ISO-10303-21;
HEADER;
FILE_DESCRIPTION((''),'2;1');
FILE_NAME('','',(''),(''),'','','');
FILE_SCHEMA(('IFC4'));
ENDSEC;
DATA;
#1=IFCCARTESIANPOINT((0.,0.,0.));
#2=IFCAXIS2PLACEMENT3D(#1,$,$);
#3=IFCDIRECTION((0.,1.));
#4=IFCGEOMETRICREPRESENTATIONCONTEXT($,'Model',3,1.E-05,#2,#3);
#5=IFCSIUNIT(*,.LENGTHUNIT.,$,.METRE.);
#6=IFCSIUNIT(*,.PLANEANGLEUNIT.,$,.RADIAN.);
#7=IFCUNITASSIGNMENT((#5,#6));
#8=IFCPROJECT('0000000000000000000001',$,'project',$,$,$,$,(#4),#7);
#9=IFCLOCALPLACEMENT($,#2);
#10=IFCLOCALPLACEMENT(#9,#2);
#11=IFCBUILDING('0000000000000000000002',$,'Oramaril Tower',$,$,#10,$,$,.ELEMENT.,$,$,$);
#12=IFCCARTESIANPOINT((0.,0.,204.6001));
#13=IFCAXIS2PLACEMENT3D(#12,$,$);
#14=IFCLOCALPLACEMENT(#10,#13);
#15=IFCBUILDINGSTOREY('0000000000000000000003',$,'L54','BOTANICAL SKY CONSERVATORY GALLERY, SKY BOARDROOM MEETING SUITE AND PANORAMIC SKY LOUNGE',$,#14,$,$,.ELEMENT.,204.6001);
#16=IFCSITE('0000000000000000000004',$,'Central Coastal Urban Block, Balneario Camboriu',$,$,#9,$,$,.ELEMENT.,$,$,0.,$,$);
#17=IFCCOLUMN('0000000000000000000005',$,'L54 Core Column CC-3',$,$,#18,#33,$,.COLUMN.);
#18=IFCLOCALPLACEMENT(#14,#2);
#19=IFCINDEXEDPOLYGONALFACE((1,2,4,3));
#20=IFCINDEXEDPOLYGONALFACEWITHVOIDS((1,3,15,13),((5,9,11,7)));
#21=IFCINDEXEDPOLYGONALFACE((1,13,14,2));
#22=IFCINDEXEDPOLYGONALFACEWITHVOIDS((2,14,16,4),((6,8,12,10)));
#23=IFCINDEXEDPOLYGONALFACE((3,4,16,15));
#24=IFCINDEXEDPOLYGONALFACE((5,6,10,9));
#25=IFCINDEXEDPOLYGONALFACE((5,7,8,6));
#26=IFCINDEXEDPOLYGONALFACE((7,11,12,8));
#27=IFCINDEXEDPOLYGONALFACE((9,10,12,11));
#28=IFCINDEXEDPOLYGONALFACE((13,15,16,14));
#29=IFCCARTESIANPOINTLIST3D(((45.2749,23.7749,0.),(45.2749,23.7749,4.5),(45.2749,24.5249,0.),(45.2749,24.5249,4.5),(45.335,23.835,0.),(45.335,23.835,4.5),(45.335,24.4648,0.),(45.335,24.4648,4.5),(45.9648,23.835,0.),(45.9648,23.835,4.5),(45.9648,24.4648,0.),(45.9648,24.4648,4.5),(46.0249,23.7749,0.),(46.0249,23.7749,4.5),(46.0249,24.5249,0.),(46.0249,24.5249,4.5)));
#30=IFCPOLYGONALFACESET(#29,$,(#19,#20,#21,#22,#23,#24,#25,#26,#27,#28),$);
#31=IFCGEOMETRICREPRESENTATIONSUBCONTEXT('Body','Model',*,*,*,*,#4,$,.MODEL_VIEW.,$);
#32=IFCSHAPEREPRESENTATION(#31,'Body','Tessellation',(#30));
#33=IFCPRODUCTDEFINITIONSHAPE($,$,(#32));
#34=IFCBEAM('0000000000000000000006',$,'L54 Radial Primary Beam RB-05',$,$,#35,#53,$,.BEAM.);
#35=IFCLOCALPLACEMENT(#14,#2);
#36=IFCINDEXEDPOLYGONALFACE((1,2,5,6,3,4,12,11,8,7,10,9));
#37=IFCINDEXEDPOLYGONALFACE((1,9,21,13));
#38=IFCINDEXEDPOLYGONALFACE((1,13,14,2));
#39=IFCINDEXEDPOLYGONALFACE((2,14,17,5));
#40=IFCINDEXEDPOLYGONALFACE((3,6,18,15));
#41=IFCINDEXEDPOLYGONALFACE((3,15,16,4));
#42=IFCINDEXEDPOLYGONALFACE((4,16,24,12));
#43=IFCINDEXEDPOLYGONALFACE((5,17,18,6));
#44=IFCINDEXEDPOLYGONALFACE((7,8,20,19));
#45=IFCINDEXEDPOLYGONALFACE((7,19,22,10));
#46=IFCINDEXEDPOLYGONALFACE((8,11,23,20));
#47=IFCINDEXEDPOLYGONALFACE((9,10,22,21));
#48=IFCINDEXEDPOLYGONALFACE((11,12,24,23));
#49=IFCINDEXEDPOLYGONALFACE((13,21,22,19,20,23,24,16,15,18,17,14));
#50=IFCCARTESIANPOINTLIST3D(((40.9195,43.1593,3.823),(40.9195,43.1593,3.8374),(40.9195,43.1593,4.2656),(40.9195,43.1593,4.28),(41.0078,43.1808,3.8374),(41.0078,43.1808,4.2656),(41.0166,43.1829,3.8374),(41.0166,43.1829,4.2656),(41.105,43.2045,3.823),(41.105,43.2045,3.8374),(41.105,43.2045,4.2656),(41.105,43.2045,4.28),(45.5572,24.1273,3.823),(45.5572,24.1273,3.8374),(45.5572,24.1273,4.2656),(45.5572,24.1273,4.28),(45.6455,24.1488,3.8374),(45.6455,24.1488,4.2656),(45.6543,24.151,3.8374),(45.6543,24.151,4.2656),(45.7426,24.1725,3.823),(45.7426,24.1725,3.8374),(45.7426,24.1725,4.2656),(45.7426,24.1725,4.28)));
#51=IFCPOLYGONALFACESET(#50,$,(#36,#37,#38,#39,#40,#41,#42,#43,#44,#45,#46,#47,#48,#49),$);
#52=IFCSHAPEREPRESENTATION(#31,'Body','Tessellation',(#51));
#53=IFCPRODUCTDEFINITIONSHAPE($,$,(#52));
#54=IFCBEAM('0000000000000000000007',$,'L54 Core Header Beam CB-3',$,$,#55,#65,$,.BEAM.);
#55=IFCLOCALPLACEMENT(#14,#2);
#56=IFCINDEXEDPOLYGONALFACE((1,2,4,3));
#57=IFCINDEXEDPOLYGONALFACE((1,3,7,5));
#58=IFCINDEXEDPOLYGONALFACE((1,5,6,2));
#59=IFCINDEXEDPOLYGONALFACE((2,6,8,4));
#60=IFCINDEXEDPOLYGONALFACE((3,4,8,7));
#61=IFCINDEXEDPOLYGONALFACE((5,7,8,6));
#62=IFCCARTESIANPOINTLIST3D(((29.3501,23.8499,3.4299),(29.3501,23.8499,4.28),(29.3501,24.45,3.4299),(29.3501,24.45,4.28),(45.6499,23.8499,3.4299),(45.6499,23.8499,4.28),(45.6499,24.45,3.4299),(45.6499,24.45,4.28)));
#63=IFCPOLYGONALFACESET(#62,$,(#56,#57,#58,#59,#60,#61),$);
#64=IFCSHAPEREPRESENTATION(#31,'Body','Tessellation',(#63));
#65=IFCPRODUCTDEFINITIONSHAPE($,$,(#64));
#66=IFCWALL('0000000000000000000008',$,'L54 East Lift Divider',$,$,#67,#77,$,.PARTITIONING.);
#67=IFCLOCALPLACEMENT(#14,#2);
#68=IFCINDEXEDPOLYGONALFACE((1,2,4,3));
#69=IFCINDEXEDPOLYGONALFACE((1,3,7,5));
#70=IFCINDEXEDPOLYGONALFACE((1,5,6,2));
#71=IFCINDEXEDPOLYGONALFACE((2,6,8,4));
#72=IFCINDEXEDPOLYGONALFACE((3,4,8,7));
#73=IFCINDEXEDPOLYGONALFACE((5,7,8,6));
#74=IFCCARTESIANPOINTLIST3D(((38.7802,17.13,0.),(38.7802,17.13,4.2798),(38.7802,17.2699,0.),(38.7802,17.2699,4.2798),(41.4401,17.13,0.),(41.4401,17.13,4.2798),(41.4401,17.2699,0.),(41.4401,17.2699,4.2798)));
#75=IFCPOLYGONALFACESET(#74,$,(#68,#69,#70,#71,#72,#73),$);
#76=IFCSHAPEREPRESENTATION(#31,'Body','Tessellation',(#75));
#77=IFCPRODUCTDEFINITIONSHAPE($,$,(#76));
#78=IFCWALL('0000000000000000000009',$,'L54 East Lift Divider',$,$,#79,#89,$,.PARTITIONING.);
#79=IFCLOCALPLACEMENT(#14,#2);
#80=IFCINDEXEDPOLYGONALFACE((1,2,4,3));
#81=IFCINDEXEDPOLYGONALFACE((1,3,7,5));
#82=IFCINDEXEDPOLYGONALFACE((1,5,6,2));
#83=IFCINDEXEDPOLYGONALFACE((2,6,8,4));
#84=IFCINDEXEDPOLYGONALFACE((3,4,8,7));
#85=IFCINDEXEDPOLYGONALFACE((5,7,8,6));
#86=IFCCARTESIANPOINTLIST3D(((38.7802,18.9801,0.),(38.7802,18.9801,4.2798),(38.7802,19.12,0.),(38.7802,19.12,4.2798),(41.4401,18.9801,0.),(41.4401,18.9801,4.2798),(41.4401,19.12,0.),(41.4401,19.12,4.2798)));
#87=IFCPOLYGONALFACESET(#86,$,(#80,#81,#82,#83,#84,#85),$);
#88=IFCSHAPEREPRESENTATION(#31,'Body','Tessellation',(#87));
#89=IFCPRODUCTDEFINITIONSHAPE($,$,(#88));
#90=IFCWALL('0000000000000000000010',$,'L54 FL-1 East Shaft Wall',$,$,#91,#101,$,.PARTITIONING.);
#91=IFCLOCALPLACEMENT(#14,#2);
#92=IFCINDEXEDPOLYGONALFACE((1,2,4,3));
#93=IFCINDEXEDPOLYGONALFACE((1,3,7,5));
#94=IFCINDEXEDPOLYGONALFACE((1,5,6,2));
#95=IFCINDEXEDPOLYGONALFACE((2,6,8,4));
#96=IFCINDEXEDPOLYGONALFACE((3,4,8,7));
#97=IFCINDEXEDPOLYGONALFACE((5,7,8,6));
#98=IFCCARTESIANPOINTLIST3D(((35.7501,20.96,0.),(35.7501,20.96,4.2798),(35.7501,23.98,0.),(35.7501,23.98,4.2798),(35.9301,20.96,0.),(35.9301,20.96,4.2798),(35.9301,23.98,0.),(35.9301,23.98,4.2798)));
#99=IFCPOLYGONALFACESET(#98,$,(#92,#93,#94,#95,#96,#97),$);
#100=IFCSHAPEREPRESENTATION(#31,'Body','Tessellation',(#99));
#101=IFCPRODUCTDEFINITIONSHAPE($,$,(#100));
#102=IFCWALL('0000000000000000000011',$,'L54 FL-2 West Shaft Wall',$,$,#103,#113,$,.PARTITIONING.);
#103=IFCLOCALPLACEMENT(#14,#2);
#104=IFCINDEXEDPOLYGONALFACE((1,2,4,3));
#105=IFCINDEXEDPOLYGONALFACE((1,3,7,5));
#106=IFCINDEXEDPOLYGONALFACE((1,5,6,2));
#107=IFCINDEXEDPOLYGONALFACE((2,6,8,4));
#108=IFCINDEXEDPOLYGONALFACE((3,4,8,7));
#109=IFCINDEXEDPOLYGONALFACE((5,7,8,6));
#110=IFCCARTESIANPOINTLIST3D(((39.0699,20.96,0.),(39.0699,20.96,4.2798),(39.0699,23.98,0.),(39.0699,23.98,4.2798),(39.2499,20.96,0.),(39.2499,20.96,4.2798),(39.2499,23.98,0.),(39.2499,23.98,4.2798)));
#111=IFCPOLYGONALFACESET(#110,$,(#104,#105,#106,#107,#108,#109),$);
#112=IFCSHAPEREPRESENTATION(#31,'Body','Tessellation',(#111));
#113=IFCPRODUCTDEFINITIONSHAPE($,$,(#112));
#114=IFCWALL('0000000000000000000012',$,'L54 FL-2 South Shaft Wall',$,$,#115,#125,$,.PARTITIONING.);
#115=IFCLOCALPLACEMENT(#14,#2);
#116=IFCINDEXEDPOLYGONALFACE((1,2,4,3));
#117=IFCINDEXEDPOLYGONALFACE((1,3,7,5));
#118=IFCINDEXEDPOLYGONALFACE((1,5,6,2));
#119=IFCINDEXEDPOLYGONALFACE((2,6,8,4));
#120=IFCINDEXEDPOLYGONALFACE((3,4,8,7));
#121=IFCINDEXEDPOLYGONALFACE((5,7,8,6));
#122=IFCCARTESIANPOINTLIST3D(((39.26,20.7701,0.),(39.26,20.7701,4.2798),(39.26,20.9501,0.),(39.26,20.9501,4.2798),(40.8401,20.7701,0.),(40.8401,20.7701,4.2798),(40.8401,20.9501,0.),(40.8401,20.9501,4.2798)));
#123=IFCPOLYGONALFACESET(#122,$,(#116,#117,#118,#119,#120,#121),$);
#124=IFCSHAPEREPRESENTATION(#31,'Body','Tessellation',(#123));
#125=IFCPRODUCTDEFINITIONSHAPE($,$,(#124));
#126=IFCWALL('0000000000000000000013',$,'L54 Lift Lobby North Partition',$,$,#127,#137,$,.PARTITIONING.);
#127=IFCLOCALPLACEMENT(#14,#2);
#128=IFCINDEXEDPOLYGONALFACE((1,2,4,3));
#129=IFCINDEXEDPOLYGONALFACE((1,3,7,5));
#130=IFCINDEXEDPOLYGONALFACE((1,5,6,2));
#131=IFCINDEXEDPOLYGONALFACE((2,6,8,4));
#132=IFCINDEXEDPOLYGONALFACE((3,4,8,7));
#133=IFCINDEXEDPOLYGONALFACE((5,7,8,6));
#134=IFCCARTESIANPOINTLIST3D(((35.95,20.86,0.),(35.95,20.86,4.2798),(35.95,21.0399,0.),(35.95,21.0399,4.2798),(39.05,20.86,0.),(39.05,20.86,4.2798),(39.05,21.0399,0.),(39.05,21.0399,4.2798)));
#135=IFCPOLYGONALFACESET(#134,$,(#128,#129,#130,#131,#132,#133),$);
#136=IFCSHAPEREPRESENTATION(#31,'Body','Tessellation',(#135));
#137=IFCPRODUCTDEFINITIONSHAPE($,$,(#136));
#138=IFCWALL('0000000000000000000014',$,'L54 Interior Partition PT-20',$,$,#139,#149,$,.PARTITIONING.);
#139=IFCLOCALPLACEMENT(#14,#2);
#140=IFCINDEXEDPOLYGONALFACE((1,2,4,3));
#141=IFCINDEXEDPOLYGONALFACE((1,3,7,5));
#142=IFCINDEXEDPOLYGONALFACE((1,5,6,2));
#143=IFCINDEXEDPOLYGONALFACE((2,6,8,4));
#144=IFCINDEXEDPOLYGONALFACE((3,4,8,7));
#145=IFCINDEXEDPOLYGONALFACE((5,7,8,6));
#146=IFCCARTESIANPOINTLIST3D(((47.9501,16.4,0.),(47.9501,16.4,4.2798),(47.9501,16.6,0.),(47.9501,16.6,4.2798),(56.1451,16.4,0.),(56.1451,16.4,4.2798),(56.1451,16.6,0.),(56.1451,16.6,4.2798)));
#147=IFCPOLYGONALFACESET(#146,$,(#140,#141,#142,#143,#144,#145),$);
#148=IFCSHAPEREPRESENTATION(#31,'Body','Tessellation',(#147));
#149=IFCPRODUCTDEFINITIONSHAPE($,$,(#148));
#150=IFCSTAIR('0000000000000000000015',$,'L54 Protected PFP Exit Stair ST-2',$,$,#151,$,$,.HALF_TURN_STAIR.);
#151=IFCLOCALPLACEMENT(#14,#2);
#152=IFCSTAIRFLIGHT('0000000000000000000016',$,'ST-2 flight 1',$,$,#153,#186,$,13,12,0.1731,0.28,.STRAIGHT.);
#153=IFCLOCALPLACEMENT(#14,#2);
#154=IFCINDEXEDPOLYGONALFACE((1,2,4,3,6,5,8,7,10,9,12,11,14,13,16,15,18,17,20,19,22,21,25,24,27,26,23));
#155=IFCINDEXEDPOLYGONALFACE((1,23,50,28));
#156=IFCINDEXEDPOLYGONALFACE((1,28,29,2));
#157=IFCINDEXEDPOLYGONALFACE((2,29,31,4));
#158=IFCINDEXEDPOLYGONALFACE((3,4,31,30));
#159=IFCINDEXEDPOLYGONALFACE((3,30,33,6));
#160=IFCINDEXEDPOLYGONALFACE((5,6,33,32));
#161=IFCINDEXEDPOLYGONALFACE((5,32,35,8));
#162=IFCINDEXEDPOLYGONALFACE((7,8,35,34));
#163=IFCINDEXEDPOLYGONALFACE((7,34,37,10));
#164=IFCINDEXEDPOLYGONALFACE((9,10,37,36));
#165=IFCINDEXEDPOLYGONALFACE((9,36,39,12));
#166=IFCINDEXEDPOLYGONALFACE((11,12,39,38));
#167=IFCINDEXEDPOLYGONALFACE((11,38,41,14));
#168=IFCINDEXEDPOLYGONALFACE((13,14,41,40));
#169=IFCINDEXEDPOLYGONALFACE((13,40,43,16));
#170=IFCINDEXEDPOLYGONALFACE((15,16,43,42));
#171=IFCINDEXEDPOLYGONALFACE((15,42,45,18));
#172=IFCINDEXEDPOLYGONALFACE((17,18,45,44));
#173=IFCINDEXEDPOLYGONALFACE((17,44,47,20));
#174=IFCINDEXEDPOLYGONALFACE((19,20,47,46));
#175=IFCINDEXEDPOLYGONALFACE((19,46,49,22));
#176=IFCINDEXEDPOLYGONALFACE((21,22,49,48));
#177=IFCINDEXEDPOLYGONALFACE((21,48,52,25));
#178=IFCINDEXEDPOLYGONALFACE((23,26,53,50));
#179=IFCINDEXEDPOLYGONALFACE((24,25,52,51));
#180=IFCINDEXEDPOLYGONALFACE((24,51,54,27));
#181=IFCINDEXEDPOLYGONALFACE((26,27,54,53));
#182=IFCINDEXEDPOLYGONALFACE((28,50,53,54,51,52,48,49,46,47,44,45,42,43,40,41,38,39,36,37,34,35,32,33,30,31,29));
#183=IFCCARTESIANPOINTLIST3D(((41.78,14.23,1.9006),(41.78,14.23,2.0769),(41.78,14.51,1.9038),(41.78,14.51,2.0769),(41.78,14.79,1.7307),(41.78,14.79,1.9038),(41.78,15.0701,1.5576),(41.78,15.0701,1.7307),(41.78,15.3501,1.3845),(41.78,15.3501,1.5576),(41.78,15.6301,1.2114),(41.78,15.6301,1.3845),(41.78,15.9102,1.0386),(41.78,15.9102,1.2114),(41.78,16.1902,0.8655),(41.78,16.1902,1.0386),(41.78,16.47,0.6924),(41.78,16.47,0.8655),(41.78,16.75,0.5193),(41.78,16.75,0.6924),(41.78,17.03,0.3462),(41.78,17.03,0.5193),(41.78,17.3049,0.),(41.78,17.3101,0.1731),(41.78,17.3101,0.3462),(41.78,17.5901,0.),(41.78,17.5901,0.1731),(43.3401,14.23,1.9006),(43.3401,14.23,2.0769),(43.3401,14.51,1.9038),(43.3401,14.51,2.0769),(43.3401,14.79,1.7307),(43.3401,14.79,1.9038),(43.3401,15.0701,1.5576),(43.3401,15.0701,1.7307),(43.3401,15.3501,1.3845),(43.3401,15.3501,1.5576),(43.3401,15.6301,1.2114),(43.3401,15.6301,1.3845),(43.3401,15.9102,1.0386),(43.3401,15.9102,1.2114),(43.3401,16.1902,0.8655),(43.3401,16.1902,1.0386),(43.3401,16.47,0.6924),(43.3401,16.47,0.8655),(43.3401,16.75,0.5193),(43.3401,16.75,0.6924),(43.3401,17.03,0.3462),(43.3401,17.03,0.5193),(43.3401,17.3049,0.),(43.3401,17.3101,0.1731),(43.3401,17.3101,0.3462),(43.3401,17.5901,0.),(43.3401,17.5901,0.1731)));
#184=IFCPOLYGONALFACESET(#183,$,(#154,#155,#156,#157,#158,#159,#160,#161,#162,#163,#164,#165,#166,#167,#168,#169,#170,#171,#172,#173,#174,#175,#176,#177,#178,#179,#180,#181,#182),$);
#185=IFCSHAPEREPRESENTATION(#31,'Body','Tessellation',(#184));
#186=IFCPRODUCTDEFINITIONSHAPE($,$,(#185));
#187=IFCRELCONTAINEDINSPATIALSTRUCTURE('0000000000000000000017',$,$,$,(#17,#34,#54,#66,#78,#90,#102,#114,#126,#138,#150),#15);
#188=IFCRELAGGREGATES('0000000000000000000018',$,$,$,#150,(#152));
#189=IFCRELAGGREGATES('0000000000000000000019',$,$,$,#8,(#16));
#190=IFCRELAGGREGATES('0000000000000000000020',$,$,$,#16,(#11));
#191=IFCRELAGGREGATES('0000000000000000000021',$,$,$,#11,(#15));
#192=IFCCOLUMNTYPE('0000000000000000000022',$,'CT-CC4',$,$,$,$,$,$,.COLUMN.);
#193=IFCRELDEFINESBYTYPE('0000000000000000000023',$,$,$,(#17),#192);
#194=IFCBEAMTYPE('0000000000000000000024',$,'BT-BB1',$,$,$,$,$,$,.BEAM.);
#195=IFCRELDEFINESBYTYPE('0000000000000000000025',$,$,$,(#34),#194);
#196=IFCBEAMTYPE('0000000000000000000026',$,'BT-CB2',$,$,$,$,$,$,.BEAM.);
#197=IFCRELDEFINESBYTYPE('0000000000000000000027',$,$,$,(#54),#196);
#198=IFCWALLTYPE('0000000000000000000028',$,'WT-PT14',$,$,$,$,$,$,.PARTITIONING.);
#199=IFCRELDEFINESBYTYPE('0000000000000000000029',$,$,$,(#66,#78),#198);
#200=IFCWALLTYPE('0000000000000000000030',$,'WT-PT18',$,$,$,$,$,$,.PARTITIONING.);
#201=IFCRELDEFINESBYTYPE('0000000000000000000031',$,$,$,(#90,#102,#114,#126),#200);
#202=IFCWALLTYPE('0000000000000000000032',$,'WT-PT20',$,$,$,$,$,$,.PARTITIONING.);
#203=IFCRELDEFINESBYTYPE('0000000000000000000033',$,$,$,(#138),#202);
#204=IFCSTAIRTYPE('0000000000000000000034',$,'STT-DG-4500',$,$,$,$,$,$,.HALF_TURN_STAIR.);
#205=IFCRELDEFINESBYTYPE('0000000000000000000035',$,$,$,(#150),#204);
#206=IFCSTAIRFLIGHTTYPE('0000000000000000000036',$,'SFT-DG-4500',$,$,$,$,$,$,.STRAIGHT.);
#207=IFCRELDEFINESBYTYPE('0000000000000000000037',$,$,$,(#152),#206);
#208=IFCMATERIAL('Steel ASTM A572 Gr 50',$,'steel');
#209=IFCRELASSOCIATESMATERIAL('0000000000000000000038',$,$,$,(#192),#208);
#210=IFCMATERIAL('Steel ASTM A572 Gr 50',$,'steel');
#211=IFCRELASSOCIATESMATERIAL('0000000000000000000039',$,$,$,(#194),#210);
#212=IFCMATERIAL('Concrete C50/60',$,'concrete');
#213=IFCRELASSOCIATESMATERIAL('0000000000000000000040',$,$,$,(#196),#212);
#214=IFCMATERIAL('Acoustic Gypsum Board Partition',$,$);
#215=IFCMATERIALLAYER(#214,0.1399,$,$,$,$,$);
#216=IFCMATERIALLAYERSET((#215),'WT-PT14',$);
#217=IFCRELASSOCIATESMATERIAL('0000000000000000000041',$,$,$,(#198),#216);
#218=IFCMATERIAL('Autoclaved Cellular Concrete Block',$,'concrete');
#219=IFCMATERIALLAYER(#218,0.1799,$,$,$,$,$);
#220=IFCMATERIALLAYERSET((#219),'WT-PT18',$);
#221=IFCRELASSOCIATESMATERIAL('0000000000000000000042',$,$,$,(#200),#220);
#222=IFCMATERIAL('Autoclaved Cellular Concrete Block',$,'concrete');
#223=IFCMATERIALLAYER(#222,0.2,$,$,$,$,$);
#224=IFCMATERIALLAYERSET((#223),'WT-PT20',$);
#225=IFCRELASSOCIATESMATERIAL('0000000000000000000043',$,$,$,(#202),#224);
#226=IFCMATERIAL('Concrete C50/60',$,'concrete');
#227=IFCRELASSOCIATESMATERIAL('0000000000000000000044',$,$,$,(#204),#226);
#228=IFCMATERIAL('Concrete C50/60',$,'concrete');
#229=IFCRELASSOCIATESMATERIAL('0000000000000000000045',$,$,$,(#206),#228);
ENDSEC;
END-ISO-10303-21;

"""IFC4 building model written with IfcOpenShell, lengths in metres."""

from ifc_helpers import new_model, si_unit, direction, frame, frame_2d, origin, origin_2d, place, context, subcontext, project, spatial, polyline, rectangle, hollow_rectangle, i_section, outline, extrude, material, layer, layer_set, material_profile, profile_set, type_object, element, aggregate, save


model = new_model("IFC4")

# Units and contexts
model_context = context("Model", 3, precision=1e-05, world=origin(), true_north=direction((0.0, 1.0)))
body_context = subcontext(model_context, "Body", "Model", "MODEL_VIEW")
ifc_project = project(units=[si_unit("LENGTHUNIT", "METRE"), si_unit("PLANEANGLEUNIT", "RADIAN")], contexts=[model_context])

# Site, building, storey
site_placement = place(None, origin())
site = spatial("IfcSite", under=ifc_project, at=site_placement, Name="Central Coastal Urban Block, Balneario Camboriu", CompositionType="ELEMENT", RefElevation=0.0)
building_placement = place(site_placement, origin())
building = spatial("IfcBuilding", under=site, at=building_placement, Name="Oramaril Tower", CompositionType="ELEMENT")
storey_placement = place(building_placement, frame((0.0, 0.0, 204.6001)))
storey = spatial("IfcBuildingStorey", under=building, at=storey_placement, Name="L54", Description="BOTANICAL SKY CONSERVATORY GALLERY, SKY BOARDROOM MEETING SUITE AND PANORAMIC SKY LOUNGE", CompositionType="ELEMENT", Elevation=204.6001)

# Column
ifc_material_1 = material(Name="Steel ASTM A572 Gr 50", Category="steel")
ifc_material_profile_1 = material_profile(ifc_material_1, hollow_rectangle(XDim=0.75, YDim=0.75, WallThickness=0.0601, at=origin_2d()), Name="BOX750X750X60")
ifc_profile_set_1 = profile_set([ifc_material_profile_1], Name="Steel ASTM A572 Gr 50")
column_type = type_object("IfcColumnType", Name="CT-CC4", PredefinedType="COLUMN", material=ifc_profile_set_1)
column_placement = place(storey_placement, frame((45.6499, 24.1499, 0.0), z_axis=(0.0, 0.0, 1.0), x_axis=(1.0, 0.0, 0.0)))
element("IfcColumn", 1, at=column_placement, inside=storey, type_object=column_type, Name="L54 Core Column CC-3", PredefinedType="COLUMN", context=body_context, shape_type="SweptSolid", body=[
    extrude(hollow_rectangle(XDim=0.75, YDim=0.75, WallThickness=0.0601, at=origin_2d()), origin(), (0.0, 0.0, 1.0), 4.5),
])

# Beams
ifc_material_2 = material(Name="Steel ASTM A572 Gr 50", Category="steel")
ifc_material_profile_2 = material_profile(ifc_material_2, i_section(OverallWidth=0.1909, OverallDepth=0.457, WebThickness=0.009, FlangeThickness=0.0144, at=origin_2d()), Name="W18X50")
ifc_profile_set_2 = profile_set([ifc_material_profile_2], Name="Steel ASTM A572 Gr 50")
beam_type_1 = type_object("IfcBeamType", Name="BT-BB1", PredefinedType="BEAM", material=ifc_profile_set_2)
beam_1_placement = place(storey_placement, frame((45.6499, 24.1499, 4.0515), z_axis=(-0.236751, 0.97157, 0.0), x_axis=(-0.97157, -0.236751, 0.0)))
element("IfcBeam", 2, at=beam_1_placement, inside=storey, type_object=beam_type_1, Name="L54 Radial Primary Beam RB-05", PredefinedType="BEAM", context=body_context, shape_type="SweptSolid", body=[
    extrude(i_section(OverallWidth=0.1909, OverallDepth=0.457, WebThickness=0.009, FlangeThickness=0.0144, at=origin_2d()), origin(), (0.0, 0.0, 1.0), 19.5889),
])
ifc_material_3 = material(Name="Concrete C50/60", Category="concrete")
ifc_material_profile_3 = material_profile(ifc_material_3, rectangle(XDim=0.6001, YDim=0.8501, at=origin_2d()), Name="CB600X850")
ifc_profile_set_3 = profile_set([ifc_material_profile_3], Name="Concrete C50/60")
beam_type_2 = type_object("IfcBeamType", Name="BT-CB2", PredefinedType="BEAM", material=ifc_profile_set_3)
beam_2_placement = place(storey_placement, frame((45.6499, 24.1499, 3.855), z_axis=(-1.0, 0.0, 0.0), x_axis=(0.0, -1.0, 0.0)))
element("IfcBeam", 3, at=beam_2_placement, inside=storey, type_object=beam_type_2, Name="L54 Core Header Beam CB-3", PredefinedType="BEAM", context=body_context, shape_type="SweptSolid", body=[
    extrude(rectangle(XDim=0.6001, YDim=0.8501, at=origin_2d()), origin(), (0.0, 0.0, 1.0), 16.2998),
])

# Walls
ifc_material_4 = material(Name="Acoustic Gypsum Board Partition")
ifc_layer_1 = layer(ifc_material_4, 0.1399)
ifc_layer_set_1 = layer_set([ifc_layer_1], Name="WT-PT14")
wall_type_1 = type_object("IfcWallType", Name="WT-PT14", PredefinedType="PARTITIONING", material=ifc_layer_set_1)
for number, where, z_axis, x_axis, name in (
    (4, (38.78, 17.2, 0.0), (0.0, 0.0, 1.0), (1.0, 0.0, 0.0), "L54 East Lift Divider"),
    (5, (38.78, 19.05, 0.0), (0.0, 0.0, 1.0), (1.0, 0.0, 0.0), "L54 East Lift Divider"),
):
    element("IfcWall", number, at=place(storey_placement, frame(where, z_axis=z_axis, x_axis=x_axis)), inside=storey, type_object=wall_type_1, Name=name, PredefinedType="PARTITIONING", context=body_context, shape_type="SweptSolid", body=[
        extrude(rectangle(XDim=2.6599, YDim=0.1399, at=frame_2d((1.3301, 0.0))), origin(), (0.0, 0.0, 1.0), 4.2798),
    ])
ifc_material_5 = material(Name="Autoclaved Cellular Concrete Block", Category="concrete")
ifc_layer_2 = layer(ifc_material_5, 0.1799)
ifc_layer_set_2 = layer_set([ifc_layer_2], Name="WT-PT18")
wall_type_2 = type_object("IfcWallType", Name="WT-PT18", PredefinedType="PARTITIONING", material=ifc_layer_set_2)
for number, where, z_axis, x_axis, name in (
    (6, (35.8401, 20.96, 0.0), (0.0, 0.0, 1.0), (0.0, 1.0, 0.0), "L54 FL-1 East Shaft Wall"),
    (7, (39.1599, 20.96, 0.0), (0.0, 0.0, 1.0), (0.0, 1.0, 0.0), "L54 FL-2 West Shaft Wall"),
):
    element("IfcWall", number, at=place(storey_placement, frame(where, z_axis=z_axis, x_axis=x_axis)), inside=storey, type_object=wall_type_2, Name=name, PredefinedType="PARTITIONING", context=body_context, shape_type="SweptSolid", body=[
        extrude(rectangle(XDim=3.02, YDim=0.1799, at=frame_2d((1.51, 0.0))), origin(), (0.0, 0.0, 1.0), 4.2798),
    ])
wall_1_placement = place(storey_placement, frame((39.26, 20.8601, 0.0), z_axis=(0.0, 0.0, 1.0), x_axis=(1.0, 0.0, 0.0)))
element("IfcWall", 8, at=wall_1_placement, inside=storey, type_object=wall_type_2, Name="L54 FL-2 South Shaft Wall", PredefinedType="PARTITIONING", context=body_context, shape_type="SweptSolid", body=[
    extrude(rectangle(XDim=1.5801, YDim=0.1799, at=frame_2d((0.79, 0.0))), origin(), (0.0, 0.0, 1.0), 4.2798),
])
wall_2_placement = place(storey_placement, frame((35.95, 20.95, 0.0), z_axis=(0.0, 0.0, 1.0), x_axis=(1.0, 0.0, 0.0)))
element("IfcWall", 9, at=wall_2_placement, inside=storey, type_object=wall_type_2, Name="L54 Lift Lobby North Partition", PredefinedType="PARTITIONING", context=body_context, shape_type="SweptSolid", body=[
    extrude(rectangle(XDim=3.1001, YDim=0.1799, at=frame_2d((1.55, 0.0))), origin(), (0.0, 0.0, 1.0), 4.2798),
])
ifc_material_6 = material(Name="Autoclaved Cellular Concrete Block", Category="concrete")
ifc_layer_3 = layer(ifc_material_6, 0.2)
ifc_layer_set_3 = layer_set([ifc_layer_3], Name="WT-PT20")
wall_type_3 = type_object("IfcWallType", Name="WT-PT20", PredefinedType="PARTITIONING", material=ifc_layer_set_3)
wall_3_placement = place(storey_placement, frame((47.95, 16.5, 0.0), z_axis=(0.0, 0.0, 1.0), x_axis=(1.0, 0.0, 0.0)))
element("IfcWall", 10, at=wall_3_placement, inside=storey, type_object=wall_type_3, Name="L54 Interior Partition PT-20", PredefinedType="PARTITIONING", context=body_context, shape_type="SweptSolid", body=[
    extrude(rectangle(XDim=8.1951, YDim=0.2, at=frame_2d((4.0977, 0.0))), origin(), (0.0, 0.0, 1.0), 4.2798),
])

# Stair, stair flight
ifc_material_7 = material(Name="Concrete C50/60", Category="concrete")
stair_type = type_object("IfcStairType", Name="STT-DG-4500", PredefinedType="HALF_TURN_STAIR", material=ifc_material_7)
stair_placement = place(storey_placement, origin())
stair = element("IfcStair", 11, at=stair_placement, inside=storey, type_object=stair_type, Name="L54 Protected PFP Exit Stair ST-2", PredefinedType="HALF_TURN_STAIR")
ifc_material_8 = material(Name="Concrete C50/60", Category="concrete")
stair_flight_type = type_object("IfcStairFlightType", Name="SFT-DG-4500", PredefinedType="STRAIGHT", material=ifc_material_8)
stair_flight_placement = place(storey_placement, frame((42.5601, 17.5901, 0.0), z_axis=(0.0, 0.0, 1.0), x_axis=(0.0, -1.0, 0.0)))
stair_flight = element("IfcStairFlight", 12, at=stair_flight_placement, type_object=stair_flight_type, Name="ST-2 flight 1", NumberOfRisers=13, NumberOfTreads=12, PredefinedType="STRAIGHT", RiserHeight=0.1731, TreadLength=0.28, context=body_context, shape_type="SweptSolid", body=[
    extrude(outline(polyline([(0.0, 0.0), (0.0, 0.1731), (0.28, 0.1731), (0.28, 0.3462), (0.5601, 0.3462), (0.5601, 0.5193), (0.8401, 0.5193), (0.8401, 0.6924), (1.1201, 0.6924), (1.1201, 0.8655), (1.3999, 0.8655), (1.3999, 1.0386), (1.6799, 1.0386), (1.6799, 1.2114), (1.96, 1.2114), (1.96, 1.3845), (2.24, 1.3845), (2.24, 1.5576), (2.52, 1.5576), (2.52, 1.7307), (2.8, 1.7307), (2.8, 1.9038), (3.0801, 1.9038), (3.0801, 2.0769), (3.3601, 2.0769), (3.3601, 2.25), (3.3601, 1.9006), (0.2852, 0.0), (0.0, 0.0)])), frame((0.0, 0.78, 0.0), z_axis=(0.0, -1.0, 0.0), x_axis=(1.0, 0.0, 0.0)), (0.0, 0.0, 1.0), 1.5601),
])
aggregate(stair, [stair_flight])

save(model, "model.ifc")
